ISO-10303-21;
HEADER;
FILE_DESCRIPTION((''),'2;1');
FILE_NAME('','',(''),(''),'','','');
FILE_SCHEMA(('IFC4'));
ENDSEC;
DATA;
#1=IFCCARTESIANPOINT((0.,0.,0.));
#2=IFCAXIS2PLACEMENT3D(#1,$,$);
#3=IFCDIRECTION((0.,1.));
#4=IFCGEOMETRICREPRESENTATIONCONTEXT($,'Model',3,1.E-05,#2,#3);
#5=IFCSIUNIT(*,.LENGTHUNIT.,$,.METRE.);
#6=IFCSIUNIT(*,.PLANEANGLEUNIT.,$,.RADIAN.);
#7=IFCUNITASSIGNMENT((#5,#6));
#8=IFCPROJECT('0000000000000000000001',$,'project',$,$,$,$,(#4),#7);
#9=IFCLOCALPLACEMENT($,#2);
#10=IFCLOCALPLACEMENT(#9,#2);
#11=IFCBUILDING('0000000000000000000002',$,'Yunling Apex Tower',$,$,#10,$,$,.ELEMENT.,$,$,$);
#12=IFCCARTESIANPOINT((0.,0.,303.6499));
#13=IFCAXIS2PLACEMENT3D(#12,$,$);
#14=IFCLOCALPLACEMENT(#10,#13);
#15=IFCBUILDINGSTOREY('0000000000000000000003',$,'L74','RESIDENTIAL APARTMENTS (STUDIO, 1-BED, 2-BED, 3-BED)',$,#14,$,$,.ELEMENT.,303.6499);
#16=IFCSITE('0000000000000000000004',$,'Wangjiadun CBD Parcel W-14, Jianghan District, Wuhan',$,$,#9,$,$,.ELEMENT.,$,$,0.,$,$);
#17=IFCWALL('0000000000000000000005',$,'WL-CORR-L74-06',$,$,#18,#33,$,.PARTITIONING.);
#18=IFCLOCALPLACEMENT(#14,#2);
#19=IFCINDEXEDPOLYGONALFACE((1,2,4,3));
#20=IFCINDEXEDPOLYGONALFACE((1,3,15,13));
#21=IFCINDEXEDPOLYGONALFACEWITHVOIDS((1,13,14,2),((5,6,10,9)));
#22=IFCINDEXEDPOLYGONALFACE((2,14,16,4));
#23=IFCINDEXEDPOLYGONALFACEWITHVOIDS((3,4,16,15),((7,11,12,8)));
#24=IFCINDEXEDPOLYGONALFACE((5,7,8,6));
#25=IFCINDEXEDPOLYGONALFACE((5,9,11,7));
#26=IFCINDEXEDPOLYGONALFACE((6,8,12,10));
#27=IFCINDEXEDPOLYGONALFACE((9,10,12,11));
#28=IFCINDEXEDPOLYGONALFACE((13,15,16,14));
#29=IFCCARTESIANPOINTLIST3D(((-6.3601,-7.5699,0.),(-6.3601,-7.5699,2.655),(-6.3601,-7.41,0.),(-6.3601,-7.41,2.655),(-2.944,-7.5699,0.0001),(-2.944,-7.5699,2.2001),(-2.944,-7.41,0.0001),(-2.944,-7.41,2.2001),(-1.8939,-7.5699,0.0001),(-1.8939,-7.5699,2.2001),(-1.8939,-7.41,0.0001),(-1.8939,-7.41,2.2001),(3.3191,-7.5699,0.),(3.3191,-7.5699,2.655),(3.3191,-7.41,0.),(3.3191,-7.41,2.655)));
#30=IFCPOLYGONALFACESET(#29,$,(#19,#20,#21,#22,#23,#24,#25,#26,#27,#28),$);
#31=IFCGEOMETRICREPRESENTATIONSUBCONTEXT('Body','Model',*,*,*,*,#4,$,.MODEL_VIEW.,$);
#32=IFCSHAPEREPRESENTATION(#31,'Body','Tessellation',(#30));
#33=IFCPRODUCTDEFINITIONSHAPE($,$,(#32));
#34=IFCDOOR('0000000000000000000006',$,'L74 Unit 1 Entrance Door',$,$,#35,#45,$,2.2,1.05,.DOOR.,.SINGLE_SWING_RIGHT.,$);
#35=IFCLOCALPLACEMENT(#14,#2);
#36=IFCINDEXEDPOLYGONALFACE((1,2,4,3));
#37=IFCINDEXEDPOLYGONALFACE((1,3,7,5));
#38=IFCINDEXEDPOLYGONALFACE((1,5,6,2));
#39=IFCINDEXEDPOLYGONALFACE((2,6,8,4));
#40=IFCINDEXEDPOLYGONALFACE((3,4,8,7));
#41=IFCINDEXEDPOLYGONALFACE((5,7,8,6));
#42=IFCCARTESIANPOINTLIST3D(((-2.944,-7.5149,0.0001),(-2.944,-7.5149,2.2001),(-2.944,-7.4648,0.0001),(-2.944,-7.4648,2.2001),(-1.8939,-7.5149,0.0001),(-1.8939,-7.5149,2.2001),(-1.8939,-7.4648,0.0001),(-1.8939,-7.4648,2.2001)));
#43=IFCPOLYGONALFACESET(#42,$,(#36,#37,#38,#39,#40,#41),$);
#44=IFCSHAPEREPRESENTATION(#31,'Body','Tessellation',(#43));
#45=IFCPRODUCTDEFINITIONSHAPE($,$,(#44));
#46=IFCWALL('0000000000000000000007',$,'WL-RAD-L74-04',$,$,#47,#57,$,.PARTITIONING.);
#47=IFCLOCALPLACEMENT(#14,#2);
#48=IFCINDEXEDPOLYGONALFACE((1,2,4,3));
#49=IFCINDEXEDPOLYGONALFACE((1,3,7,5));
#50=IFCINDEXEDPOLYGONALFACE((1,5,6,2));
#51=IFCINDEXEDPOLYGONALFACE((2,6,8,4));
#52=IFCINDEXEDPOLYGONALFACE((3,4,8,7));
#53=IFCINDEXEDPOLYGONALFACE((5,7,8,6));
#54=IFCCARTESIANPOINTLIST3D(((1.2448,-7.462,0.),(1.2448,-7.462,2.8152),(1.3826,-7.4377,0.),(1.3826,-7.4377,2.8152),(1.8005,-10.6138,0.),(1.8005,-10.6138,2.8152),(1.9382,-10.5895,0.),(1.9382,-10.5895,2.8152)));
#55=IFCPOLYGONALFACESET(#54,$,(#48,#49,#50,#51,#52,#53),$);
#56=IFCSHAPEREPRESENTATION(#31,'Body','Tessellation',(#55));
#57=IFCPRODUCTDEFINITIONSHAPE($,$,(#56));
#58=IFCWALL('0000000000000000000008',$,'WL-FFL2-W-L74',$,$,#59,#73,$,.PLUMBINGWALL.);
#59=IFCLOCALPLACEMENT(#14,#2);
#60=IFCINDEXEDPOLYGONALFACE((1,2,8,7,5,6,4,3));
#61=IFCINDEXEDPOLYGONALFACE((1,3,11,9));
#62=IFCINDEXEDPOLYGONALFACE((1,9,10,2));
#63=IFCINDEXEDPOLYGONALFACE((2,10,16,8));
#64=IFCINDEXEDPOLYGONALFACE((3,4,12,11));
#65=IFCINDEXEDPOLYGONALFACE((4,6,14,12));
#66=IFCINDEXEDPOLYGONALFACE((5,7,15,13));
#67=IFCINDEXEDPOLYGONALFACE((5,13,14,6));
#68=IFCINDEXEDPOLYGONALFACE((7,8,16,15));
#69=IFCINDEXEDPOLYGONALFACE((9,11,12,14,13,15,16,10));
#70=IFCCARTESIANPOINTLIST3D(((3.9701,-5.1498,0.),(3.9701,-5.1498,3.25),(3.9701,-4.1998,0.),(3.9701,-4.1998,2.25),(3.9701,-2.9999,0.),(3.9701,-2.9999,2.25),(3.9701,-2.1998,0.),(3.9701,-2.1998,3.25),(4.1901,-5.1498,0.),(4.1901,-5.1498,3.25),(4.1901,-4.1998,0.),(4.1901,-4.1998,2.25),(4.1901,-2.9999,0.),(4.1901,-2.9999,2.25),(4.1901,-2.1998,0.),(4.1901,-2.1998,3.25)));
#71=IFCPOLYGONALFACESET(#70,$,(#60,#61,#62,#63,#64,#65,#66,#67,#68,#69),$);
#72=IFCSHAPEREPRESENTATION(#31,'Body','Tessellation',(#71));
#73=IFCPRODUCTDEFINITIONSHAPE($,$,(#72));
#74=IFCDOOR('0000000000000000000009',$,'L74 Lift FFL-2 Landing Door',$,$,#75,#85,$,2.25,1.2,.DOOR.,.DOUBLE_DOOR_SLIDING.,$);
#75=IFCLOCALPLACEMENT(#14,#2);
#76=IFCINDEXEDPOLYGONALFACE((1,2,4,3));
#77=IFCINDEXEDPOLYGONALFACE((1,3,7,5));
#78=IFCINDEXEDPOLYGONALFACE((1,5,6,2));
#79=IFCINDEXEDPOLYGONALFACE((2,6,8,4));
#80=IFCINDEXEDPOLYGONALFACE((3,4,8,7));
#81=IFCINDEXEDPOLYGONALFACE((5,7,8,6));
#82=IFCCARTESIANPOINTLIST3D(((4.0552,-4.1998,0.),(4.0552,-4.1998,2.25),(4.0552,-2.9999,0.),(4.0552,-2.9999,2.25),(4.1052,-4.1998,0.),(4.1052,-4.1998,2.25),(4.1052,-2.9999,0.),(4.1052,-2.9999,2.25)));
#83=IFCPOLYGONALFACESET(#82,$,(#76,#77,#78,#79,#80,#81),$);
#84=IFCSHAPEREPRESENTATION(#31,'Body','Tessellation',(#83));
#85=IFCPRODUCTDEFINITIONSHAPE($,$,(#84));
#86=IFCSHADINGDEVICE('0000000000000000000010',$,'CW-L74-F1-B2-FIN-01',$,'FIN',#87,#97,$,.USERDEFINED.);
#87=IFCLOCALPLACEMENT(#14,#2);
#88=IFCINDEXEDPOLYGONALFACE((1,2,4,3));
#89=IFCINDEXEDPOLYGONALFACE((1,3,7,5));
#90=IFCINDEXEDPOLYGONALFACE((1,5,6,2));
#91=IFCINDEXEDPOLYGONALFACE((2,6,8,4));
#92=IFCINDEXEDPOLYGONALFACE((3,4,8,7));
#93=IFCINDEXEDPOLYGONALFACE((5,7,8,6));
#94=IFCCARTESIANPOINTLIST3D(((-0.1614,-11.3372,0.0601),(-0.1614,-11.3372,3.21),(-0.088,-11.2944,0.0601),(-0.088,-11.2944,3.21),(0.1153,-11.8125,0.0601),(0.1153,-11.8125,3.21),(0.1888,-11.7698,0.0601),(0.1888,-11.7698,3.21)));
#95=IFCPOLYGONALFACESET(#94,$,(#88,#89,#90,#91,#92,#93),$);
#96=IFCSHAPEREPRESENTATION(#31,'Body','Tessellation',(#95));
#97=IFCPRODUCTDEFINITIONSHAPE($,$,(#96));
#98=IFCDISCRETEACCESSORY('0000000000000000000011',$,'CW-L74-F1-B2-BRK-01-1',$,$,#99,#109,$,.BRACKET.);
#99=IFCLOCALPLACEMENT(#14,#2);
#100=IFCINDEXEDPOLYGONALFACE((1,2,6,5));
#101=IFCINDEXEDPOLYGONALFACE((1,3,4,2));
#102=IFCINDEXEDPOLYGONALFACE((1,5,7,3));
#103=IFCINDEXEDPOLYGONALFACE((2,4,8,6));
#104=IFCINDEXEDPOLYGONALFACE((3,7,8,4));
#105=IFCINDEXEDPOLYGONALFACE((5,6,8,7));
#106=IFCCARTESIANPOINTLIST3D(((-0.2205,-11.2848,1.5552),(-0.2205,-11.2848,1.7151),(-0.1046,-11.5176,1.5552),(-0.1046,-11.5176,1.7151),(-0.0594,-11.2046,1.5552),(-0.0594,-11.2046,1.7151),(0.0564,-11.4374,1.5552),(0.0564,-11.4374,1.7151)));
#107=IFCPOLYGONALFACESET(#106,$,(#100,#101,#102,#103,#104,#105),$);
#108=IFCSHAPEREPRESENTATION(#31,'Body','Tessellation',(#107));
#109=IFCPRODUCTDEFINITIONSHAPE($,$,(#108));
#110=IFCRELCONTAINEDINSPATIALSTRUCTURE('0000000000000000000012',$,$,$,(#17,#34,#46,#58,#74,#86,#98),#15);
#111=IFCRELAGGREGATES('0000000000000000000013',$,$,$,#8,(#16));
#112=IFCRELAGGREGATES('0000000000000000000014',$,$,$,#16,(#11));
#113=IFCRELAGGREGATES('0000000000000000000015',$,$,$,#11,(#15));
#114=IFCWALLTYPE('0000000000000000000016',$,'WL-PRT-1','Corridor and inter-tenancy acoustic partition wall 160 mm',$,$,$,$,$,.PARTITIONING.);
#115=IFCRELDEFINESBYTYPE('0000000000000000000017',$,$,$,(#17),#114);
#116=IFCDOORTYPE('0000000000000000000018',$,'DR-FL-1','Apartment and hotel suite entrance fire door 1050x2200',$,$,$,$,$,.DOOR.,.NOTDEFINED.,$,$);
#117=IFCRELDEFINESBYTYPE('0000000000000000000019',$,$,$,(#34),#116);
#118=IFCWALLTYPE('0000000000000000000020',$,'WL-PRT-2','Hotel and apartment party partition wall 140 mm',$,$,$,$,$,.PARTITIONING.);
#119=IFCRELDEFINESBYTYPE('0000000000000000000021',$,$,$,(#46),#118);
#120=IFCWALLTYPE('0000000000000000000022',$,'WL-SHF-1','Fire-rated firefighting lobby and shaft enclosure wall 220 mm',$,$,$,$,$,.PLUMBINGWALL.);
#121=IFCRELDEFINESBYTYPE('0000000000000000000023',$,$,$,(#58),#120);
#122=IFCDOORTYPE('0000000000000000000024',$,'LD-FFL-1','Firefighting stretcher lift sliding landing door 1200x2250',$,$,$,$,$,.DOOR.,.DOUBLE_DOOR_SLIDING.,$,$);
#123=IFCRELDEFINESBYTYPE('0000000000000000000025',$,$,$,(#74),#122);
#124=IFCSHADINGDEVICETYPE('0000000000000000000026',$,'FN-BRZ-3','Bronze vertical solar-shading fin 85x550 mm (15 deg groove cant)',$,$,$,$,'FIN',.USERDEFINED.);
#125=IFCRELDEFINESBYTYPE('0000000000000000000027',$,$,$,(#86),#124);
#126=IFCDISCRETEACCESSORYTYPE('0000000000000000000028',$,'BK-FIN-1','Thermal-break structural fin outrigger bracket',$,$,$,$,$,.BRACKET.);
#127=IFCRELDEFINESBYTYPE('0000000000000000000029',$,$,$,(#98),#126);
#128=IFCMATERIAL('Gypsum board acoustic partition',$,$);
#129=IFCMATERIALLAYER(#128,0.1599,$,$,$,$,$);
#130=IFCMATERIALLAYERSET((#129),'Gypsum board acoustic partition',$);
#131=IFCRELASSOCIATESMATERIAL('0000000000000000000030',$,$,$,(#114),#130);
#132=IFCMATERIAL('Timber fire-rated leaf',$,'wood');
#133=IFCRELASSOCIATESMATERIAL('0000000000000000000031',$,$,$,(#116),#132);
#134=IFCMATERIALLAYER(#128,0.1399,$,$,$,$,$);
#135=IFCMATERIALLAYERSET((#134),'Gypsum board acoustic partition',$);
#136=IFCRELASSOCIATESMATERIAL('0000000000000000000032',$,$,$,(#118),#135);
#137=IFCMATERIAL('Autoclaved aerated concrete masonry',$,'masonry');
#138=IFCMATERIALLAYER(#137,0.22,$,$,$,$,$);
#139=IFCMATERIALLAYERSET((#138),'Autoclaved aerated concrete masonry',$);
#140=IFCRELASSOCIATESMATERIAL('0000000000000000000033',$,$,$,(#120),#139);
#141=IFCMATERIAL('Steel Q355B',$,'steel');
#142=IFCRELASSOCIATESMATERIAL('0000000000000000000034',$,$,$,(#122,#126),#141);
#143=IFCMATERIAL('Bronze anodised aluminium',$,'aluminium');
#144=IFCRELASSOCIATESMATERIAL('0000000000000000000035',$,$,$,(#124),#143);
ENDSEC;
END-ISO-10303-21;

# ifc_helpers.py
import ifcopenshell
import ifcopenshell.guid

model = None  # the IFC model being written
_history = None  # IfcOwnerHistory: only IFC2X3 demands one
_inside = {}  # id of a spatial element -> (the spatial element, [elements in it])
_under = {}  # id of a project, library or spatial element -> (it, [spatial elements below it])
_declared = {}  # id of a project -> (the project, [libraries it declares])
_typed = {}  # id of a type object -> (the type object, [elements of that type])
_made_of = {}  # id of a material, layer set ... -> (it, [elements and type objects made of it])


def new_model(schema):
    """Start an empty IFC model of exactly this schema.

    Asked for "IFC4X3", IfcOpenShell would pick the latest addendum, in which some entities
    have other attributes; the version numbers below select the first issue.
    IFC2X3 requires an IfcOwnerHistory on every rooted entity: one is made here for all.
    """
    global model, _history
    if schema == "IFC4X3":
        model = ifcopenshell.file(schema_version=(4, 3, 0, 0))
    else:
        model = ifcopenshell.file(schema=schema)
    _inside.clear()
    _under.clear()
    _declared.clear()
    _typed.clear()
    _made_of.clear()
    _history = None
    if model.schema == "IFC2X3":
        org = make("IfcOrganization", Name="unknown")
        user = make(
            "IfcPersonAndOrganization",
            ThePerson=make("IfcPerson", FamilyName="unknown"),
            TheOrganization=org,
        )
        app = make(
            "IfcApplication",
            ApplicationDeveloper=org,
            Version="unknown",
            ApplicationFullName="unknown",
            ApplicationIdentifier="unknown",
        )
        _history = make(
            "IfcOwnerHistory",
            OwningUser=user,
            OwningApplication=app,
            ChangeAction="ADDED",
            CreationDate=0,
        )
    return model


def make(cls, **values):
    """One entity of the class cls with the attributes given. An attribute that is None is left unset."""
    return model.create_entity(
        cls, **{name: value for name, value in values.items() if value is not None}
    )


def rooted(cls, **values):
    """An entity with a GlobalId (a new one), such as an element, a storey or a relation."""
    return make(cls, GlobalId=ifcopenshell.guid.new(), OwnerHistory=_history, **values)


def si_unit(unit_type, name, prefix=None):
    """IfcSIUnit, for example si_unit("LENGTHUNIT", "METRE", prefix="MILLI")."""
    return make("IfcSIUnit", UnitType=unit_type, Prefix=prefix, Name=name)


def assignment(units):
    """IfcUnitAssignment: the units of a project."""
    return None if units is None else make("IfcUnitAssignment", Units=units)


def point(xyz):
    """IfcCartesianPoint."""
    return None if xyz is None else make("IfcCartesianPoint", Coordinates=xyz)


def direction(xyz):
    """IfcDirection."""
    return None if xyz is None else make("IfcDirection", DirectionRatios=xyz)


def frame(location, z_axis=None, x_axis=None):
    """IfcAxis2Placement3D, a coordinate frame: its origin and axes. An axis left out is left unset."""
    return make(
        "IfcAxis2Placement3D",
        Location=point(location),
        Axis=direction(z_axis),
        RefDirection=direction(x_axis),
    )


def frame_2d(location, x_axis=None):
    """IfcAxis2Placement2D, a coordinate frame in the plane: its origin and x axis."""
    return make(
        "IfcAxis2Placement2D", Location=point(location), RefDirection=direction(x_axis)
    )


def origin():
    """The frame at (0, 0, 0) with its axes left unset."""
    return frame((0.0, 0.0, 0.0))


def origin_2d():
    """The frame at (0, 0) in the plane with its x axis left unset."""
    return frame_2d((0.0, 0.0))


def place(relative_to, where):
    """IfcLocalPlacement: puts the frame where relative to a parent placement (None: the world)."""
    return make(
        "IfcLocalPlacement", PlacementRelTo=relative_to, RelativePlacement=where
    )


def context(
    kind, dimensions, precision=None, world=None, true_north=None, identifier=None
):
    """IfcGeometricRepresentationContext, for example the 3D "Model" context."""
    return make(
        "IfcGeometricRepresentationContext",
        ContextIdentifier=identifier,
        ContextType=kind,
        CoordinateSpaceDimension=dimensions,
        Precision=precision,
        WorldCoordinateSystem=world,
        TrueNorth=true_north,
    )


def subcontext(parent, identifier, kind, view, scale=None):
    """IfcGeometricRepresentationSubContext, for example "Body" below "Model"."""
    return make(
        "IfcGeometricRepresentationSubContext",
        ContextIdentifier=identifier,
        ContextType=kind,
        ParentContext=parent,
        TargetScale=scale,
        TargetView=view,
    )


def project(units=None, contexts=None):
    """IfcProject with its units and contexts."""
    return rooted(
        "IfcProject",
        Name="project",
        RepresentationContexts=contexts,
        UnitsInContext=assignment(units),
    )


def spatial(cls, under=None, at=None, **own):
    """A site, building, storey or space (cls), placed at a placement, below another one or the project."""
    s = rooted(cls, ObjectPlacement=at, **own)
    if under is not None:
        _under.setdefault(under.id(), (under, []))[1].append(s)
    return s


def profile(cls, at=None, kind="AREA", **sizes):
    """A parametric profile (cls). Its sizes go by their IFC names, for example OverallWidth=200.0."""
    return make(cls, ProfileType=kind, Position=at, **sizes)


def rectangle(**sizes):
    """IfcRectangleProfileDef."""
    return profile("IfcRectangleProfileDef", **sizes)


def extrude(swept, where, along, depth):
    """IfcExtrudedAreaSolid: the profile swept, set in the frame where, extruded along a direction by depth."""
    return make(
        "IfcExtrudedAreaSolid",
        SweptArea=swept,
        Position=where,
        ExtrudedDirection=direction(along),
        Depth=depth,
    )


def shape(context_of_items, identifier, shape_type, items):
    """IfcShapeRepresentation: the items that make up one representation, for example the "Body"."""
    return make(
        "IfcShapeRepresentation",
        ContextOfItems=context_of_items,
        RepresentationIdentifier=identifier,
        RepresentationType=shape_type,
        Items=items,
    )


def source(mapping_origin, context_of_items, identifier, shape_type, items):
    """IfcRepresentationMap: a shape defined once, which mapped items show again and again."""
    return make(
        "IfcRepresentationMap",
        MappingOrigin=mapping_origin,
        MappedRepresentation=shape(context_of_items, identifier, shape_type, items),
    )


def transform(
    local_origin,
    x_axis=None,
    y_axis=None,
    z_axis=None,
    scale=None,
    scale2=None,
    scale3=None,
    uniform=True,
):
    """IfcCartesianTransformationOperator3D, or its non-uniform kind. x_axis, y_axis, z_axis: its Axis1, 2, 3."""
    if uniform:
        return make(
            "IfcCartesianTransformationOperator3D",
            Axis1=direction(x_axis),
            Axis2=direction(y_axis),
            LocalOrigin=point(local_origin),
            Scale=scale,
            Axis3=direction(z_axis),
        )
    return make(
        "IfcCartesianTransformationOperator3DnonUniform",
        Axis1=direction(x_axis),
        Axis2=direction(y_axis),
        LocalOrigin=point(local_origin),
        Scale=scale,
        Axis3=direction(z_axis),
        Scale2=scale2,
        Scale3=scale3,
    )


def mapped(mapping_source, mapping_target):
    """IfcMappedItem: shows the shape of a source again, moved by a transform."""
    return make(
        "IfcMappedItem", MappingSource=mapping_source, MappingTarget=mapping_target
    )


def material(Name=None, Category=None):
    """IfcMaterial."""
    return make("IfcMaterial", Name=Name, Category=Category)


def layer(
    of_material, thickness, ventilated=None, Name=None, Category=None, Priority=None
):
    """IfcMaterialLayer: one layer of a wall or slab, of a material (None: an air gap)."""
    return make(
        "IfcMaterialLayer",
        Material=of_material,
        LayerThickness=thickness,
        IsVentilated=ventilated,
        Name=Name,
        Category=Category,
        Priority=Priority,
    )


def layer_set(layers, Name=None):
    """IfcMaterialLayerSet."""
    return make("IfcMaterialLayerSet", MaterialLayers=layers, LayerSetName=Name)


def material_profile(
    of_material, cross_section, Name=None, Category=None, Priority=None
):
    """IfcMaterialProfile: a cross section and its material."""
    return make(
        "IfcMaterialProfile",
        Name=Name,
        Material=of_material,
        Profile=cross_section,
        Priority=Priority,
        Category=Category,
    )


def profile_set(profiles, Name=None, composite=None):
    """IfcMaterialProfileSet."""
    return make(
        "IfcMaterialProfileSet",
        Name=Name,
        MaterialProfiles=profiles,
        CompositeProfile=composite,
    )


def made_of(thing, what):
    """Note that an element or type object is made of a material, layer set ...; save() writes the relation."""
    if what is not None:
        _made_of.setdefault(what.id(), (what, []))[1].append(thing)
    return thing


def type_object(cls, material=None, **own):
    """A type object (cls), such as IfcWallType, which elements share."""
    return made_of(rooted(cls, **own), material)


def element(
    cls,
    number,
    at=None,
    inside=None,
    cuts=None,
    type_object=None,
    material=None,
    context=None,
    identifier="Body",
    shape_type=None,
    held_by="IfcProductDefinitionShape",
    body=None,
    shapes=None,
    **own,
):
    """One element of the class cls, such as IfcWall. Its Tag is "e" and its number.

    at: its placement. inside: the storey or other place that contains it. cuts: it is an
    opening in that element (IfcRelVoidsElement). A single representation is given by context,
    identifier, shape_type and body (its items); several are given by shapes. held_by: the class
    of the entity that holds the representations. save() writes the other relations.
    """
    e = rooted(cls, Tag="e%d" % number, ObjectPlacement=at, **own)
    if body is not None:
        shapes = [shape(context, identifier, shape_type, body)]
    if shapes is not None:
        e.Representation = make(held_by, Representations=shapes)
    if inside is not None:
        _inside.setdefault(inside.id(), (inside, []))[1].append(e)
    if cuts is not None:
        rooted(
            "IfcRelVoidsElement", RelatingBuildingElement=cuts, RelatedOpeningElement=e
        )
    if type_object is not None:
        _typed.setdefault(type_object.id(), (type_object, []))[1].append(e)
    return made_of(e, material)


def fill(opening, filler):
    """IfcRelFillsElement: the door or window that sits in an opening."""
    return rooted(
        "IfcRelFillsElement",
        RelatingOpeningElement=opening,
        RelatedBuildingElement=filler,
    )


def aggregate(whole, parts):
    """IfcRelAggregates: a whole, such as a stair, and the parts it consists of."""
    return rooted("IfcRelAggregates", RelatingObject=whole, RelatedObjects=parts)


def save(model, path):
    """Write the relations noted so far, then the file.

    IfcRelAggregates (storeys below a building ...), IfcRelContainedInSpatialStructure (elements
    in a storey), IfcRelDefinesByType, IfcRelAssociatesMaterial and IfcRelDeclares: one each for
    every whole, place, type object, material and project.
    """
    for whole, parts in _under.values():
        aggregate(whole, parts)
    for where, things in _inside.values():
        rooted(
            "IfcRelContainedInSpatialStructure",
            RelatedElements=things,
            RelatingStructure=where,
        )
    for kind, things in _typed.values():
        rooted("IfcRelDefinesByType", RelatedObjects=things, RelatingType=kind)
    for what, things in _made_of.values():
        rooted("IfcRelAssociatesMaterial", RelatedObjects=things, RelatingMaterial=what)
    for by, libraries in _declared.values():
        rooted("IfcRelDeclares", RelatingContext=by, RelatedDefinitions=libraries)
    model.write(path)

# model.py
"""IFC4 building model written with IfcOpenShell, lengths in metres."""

from ifc_helpers import new_model, si_unit, direction, frame, frame_2d, origin, origin_2d, place, context, subcontext, project, spatial, rectangle, extrude, source, transform, mapped, material, layer, layer_set, material_profile, profile_set, type_object, element, fill, save


model = new_model("IFC4")

# Units and contexts
model_context = context("Model", 3, precision=1e-05, world=origin(), true_north=direction((0.0, 1.0)))
body_context = subcontext(model_context, "Body", "Model", "MODEL_VIEW")
ifc_project = project(units=[si_unit("LENGTHUNIT", "METRE"), si_unit("PLANEANGLEUNIT", "RADIAN")], contexts=[model_context])

# Site, building, storey
site_placement = place(None, origin())
site = spatial("IfcSite", under=ifc_project, at=site_placement, Name="Wangjiadun CBD Parcel W-14, Jianghan District, Wuhan", CompositionType="ELEMENT", RefElevation=0.0)
building_placement = place(site_placement, origin())
building = spatial("IfcBuilding", under=site, at=building_placement, Name="Yunling Apex Tower", CompositionType="ELEMENT")
storey_placement = place(building_placement, frame((0.0, 0.0, 303.6499)))
storey = spatial("IfcBuildingStorey", under=building, at=storey_placement, Name="L74", Description="RESIDENTIAL APARTMENTS (STUDIO, 1-BED, 2-BED, 3-BED)", CompositionType="ELEMENT", Elevation=303.6499)

# Shared definitions
ifc_material_1 = material(Name="Steel Q355B", Category="steel")

# Shared definitions
ifc_material_2 = material(Name="Bronze anodised aluminium", Category="aluminium")

# Wall, opening, door
ifc_material_3 = material(Name="Gypsum board acoustic partition")
ifc_layer_1 = layer(ifc_material_3, 0.1599)
ifc_layer_set_1 = layer_set([ifc_layer_1], Name="Gypsum board acoustic partition")
wall_type_1 = type_object("IfcWallType", Name="WL-PRT-1", Description="Corridor and inter-tenancy acoustic partition wall 160 mm", PredefinedType="PARTITIONING", material=ifc_layer_set_1)
wall_1_placement = place(storey_placement, frame((3.3191, -7.49, 0.0), z_axis=(0.0, 0.0, 1.0), x_axis=(-1.0, 0.0, 0.0)))
wall_1 = element("IfcWall", 1, at=wall_1_placement, inside=storey, type_object=wall_type_1, Name="WL-CORR-L74-06", PredefinedType="PARTITIONING", context=body_context, shape_type="SweptSolid", body=[
    extrude(rectangle(XDim=9.6792, YDim=0.1599, at=frame_2d((4.8396, 0.0))), origin(), (0.0, 0.0, 1.0), 2.655),
])
opening_1_placement = place(wall_1_placement, frame((5.2131, 0.0, 0.0)))
opening_1 = element("IfcOpeningElement", 2, at=opening_1_placement, cuts=wall_1, PredefinedType="OPENING", context=body_context, shape_type="SweptSolid", body=[
    extrude(rectangle(XDim=1.05, YDim=2.2, at=frame_2d((0.5249, 1.1001))), frame((0.0, 0.0898, 0.0), z_axis=(0.0, -1.0, 0.0), x_axis=(1.0, 0.0, 0.0)), (0.0, 0.0, 1.0), 0.1799),
])
ifc_material_4 = material(Name="Timber fire-rated leaf", Category="wood")
door_type_1 = type_object("IfcDoorType", Name="DR-FL-1", Description="Apartment and hotel suite entrance fire door 1050x2200", OperationType="NOTDEFINED", PredefinedType="DOOR", material=ifc_material_4)
door_1_placement = place(opening_1_placement, origin())
door_1 = element("IfcDoor", 3, at=door_1_placement, inside=storey, type_object=door_type_1, Name="L74 Unit 1 Entrance Door", OperationType="SINGLE_SWING_RIGHT", OverallHeight=2.2, OverallWidth=1.05, PredefinedType="DOOR", context=body_context, shape_type="SweptSolid", body=[
    extrude(rectangle(XDim=1.05, YDim=2.2, at=frame_2d((0.5249, 1.1001))), frame((0.0, 0.0249, 0.0), z_axis=(0.0, -1.0, 0.0), x_axis=(1.0, 0.0, 0.0)), (0.0, 0.0, 1.0), 0.05),
])
fill(opening_1, door_1)

# Wall
ifc_layer_2 = layer(ifc_material_3, 0.1399)
ifc_layer_set_2 = layer_set([ifc_layer_2], Name="Gypsum board acoustic partition")
wall_type_2 = type_object("IfcWallType", Name="WL-PRT-2", Description="Hotel and apartment party partition wall 140 mm", PredefinedType="PARTITIONING", material=ifc_layer_set_2)
wall_2_placement = place(storey_placement, frame((1.3137, -7.45, 0.0), z_axis=(0.0, 0.0, 1.0), x_axis=(0.17362, -0.984813, 0.0)))
element("IfcWall", 4, at=wall_2_placement, inside=storey, type_object=wall_type_2, Name="WL-RAD-L74-04", PredefinedType="PARTITIONING", context=body_context, shape_type="SweptSolid", body=[
    extrude(rectangle(XDim=3.2004, YDim=0.1399, at=frame_2d((1.6001, 0.0))), origin(), (0.0, 0.0, 1.0), 2.8152),
])

# Wall, opening, door
ifc_material_5 = material(Name="Autoclaved aerated concrete masonry", Category="masonry")
ifc_layer_3 = layer(ifc_material_5, 0.22)
ifc_layer_set_3 = layer_set([ifc_layer_3], Name="Autoclaved aerated concrete masonry")
wall_type_3 = type_object("IfcWallType", Name="WL-SHF-1", Description="Fire-rated firefighting lobby and shaft enclosure wall 220 mm", PredefinedType="PLUMBINGWALL", material=ifc_layer_set_3)
wall_3_placement = place(storey_placement, frame((4.0801, -5.1499, 0.0), z_axis=(0.0, 0.0, 1.0), x_axis=(0.0, 1.0, 0.0)))
wall_3 = element("IfcWall", 5, at=wall_3_placement, inside=storey, type_object=wall_type_3, Name="WL-FFL2-W-L74", PredefinedType="PLUMBINGWALL", context=body_context, shape_type="SweptSolid", body=[
    extrude(rectangle(XDim=2.95, YDim=0.22, at=frame_2d((1.4751, 0.0))), origin(), (0.0, 0.0, 1.0), 3.25),
])
opening_2_placement = place(wall_3_placement, frame((0.95, 0.0, 0.0)))
opening_2 = element("IfcOpeningElement", 6, at=opening_2_placement, cuts=wall_3, PredefinedType="OPENING", context=body_context, shape_type="SweptSolid", body=[
    extrude(rectangle(XDim=1.2, YDim=2.25, at=frame_2d((0.6001, 1.125))), frame((0.0, 0.1201, 0.0), z_axis=(0.0, -1.0, 0.0), x_axis=(1.0, 0.0, 0.0)), (0.0, 0.0, 1.0), 0.24),
])
door_type_2 = type_object("IfcDoorType", Name="LD-FFL-1", Description="Firefighting stretcher lift sliding landing door 1200x2250", OperationType="DOUBLE_DOOR_SLIDING", PredefinedType="DOOR", material=ifc_material_1)
door_2_placement = place(opening_2_placement, origin())
door_2 = element("IfcDoor", 7, at=door_2_placement, inside=storey, type_object=door_type_2, Name="L74 Lift FFL-2 Landing Door", OperationType="DOUBLE_DOOR_SLIDING", OverallHeight=2.25, OverallWidth=1.2, PredefinedType="DOOR", context=body_context, shape_type="SweptSolid", body=[
    extrude(rectangle(XDim=1.2, YDim=2.25, at=frame_2d((0.6001, 1.125))), frame((0.0, 0.0249, 0.0), z_axis=(0.0, -1.0, 0.0), x_axis=(1.0, 0.0, 0.0)), (0.0, 0.0, 1.0), 0.05),
])
fill(opening_2, door_2)

# Shading device
ifc_material_profile_1 = material_profile(ifc_material_2, rectangle(XDim=0.085, YDim=0.55, at=origin_2d()))
ifc_profile_set_1 = profile_set([ifc_material_profile_1], Name="Bronze anodised aluminium")
shading_device_type = type_object("IfcShadingDeviceType", Name="FN-BRZ-3", Description="Bronze vertical solar-shading fin 85x550 mm (15 deg groove cant)", ElementType="FIN", PredefinedType="USERDEFINED", material=ifc_profile_set_1)
shared_shape_1 = source(origin(), body_context, "Body", "SweptSolid", [
    extrude(rectangle(XDim=0.085, YDim=0.55, at=origin_2d()), origin(), (0.0, 0.0, 1.0), 3.1499),
])
shading_device_placement = place(storey_placement, frame((0.0137, -11.5535, 0.0601), z_axis=(0.0, 0.0, 1.0), x_axis=(0.864187, 0.503171, 0.0)))
element("IfcShadingDevice", 8, at=shading_device_placement, inside=storey, type_object=shading_device_type, Name="CW-L74-F1-B2-FIN-01", ObjectType="FIN", PredefinedType="USERDEFINED", context=body_context, shape_type="MappedRepresentation", body=[
    mapped(shared_shape_1, transform((0.0, 0.0, 0.0), scale=1.0)),
])

# Discrete accessory
discrete_accessory_type = type_object("IfcDiscreteAccessoryType", Name="BK-FIN-1", Description="Thermal-break structural fin outrigger bracket", PredefinedType="BRACKET", material=ifc_material_1)
shared_shape_2 = source(origin(), body_context, "Body", "SweptSolid", [
    extrude(rectangle(XDim=0.1799, YDim=0.26, at=origin_2d()), origin(), (0.0, 0.0, 1.0), 0.1599),
])
discrete_accessory_placement = place(storey_placement, frame((-0.082, -11.3611, 1.5552), z_axis=(0.0, 0.0, 1.0), x_axis=(0.895246, 0.445573, 0.0)))
element("IfcDiscreteAccessory", 9, at=discrete_accessory_placement, inside=storey, type_object=discrete_accessory_type, Name="CW-L74-F1-B2-BRK-01-1", PredefinedType="BRACKET", context=body_context, shape_type="MappedRepresentation", body=[
    mapped(shared_shape_2, transform((0.0, 0.0, 0.0), scale=1.0)),
])

save(model, "model.ifc")
